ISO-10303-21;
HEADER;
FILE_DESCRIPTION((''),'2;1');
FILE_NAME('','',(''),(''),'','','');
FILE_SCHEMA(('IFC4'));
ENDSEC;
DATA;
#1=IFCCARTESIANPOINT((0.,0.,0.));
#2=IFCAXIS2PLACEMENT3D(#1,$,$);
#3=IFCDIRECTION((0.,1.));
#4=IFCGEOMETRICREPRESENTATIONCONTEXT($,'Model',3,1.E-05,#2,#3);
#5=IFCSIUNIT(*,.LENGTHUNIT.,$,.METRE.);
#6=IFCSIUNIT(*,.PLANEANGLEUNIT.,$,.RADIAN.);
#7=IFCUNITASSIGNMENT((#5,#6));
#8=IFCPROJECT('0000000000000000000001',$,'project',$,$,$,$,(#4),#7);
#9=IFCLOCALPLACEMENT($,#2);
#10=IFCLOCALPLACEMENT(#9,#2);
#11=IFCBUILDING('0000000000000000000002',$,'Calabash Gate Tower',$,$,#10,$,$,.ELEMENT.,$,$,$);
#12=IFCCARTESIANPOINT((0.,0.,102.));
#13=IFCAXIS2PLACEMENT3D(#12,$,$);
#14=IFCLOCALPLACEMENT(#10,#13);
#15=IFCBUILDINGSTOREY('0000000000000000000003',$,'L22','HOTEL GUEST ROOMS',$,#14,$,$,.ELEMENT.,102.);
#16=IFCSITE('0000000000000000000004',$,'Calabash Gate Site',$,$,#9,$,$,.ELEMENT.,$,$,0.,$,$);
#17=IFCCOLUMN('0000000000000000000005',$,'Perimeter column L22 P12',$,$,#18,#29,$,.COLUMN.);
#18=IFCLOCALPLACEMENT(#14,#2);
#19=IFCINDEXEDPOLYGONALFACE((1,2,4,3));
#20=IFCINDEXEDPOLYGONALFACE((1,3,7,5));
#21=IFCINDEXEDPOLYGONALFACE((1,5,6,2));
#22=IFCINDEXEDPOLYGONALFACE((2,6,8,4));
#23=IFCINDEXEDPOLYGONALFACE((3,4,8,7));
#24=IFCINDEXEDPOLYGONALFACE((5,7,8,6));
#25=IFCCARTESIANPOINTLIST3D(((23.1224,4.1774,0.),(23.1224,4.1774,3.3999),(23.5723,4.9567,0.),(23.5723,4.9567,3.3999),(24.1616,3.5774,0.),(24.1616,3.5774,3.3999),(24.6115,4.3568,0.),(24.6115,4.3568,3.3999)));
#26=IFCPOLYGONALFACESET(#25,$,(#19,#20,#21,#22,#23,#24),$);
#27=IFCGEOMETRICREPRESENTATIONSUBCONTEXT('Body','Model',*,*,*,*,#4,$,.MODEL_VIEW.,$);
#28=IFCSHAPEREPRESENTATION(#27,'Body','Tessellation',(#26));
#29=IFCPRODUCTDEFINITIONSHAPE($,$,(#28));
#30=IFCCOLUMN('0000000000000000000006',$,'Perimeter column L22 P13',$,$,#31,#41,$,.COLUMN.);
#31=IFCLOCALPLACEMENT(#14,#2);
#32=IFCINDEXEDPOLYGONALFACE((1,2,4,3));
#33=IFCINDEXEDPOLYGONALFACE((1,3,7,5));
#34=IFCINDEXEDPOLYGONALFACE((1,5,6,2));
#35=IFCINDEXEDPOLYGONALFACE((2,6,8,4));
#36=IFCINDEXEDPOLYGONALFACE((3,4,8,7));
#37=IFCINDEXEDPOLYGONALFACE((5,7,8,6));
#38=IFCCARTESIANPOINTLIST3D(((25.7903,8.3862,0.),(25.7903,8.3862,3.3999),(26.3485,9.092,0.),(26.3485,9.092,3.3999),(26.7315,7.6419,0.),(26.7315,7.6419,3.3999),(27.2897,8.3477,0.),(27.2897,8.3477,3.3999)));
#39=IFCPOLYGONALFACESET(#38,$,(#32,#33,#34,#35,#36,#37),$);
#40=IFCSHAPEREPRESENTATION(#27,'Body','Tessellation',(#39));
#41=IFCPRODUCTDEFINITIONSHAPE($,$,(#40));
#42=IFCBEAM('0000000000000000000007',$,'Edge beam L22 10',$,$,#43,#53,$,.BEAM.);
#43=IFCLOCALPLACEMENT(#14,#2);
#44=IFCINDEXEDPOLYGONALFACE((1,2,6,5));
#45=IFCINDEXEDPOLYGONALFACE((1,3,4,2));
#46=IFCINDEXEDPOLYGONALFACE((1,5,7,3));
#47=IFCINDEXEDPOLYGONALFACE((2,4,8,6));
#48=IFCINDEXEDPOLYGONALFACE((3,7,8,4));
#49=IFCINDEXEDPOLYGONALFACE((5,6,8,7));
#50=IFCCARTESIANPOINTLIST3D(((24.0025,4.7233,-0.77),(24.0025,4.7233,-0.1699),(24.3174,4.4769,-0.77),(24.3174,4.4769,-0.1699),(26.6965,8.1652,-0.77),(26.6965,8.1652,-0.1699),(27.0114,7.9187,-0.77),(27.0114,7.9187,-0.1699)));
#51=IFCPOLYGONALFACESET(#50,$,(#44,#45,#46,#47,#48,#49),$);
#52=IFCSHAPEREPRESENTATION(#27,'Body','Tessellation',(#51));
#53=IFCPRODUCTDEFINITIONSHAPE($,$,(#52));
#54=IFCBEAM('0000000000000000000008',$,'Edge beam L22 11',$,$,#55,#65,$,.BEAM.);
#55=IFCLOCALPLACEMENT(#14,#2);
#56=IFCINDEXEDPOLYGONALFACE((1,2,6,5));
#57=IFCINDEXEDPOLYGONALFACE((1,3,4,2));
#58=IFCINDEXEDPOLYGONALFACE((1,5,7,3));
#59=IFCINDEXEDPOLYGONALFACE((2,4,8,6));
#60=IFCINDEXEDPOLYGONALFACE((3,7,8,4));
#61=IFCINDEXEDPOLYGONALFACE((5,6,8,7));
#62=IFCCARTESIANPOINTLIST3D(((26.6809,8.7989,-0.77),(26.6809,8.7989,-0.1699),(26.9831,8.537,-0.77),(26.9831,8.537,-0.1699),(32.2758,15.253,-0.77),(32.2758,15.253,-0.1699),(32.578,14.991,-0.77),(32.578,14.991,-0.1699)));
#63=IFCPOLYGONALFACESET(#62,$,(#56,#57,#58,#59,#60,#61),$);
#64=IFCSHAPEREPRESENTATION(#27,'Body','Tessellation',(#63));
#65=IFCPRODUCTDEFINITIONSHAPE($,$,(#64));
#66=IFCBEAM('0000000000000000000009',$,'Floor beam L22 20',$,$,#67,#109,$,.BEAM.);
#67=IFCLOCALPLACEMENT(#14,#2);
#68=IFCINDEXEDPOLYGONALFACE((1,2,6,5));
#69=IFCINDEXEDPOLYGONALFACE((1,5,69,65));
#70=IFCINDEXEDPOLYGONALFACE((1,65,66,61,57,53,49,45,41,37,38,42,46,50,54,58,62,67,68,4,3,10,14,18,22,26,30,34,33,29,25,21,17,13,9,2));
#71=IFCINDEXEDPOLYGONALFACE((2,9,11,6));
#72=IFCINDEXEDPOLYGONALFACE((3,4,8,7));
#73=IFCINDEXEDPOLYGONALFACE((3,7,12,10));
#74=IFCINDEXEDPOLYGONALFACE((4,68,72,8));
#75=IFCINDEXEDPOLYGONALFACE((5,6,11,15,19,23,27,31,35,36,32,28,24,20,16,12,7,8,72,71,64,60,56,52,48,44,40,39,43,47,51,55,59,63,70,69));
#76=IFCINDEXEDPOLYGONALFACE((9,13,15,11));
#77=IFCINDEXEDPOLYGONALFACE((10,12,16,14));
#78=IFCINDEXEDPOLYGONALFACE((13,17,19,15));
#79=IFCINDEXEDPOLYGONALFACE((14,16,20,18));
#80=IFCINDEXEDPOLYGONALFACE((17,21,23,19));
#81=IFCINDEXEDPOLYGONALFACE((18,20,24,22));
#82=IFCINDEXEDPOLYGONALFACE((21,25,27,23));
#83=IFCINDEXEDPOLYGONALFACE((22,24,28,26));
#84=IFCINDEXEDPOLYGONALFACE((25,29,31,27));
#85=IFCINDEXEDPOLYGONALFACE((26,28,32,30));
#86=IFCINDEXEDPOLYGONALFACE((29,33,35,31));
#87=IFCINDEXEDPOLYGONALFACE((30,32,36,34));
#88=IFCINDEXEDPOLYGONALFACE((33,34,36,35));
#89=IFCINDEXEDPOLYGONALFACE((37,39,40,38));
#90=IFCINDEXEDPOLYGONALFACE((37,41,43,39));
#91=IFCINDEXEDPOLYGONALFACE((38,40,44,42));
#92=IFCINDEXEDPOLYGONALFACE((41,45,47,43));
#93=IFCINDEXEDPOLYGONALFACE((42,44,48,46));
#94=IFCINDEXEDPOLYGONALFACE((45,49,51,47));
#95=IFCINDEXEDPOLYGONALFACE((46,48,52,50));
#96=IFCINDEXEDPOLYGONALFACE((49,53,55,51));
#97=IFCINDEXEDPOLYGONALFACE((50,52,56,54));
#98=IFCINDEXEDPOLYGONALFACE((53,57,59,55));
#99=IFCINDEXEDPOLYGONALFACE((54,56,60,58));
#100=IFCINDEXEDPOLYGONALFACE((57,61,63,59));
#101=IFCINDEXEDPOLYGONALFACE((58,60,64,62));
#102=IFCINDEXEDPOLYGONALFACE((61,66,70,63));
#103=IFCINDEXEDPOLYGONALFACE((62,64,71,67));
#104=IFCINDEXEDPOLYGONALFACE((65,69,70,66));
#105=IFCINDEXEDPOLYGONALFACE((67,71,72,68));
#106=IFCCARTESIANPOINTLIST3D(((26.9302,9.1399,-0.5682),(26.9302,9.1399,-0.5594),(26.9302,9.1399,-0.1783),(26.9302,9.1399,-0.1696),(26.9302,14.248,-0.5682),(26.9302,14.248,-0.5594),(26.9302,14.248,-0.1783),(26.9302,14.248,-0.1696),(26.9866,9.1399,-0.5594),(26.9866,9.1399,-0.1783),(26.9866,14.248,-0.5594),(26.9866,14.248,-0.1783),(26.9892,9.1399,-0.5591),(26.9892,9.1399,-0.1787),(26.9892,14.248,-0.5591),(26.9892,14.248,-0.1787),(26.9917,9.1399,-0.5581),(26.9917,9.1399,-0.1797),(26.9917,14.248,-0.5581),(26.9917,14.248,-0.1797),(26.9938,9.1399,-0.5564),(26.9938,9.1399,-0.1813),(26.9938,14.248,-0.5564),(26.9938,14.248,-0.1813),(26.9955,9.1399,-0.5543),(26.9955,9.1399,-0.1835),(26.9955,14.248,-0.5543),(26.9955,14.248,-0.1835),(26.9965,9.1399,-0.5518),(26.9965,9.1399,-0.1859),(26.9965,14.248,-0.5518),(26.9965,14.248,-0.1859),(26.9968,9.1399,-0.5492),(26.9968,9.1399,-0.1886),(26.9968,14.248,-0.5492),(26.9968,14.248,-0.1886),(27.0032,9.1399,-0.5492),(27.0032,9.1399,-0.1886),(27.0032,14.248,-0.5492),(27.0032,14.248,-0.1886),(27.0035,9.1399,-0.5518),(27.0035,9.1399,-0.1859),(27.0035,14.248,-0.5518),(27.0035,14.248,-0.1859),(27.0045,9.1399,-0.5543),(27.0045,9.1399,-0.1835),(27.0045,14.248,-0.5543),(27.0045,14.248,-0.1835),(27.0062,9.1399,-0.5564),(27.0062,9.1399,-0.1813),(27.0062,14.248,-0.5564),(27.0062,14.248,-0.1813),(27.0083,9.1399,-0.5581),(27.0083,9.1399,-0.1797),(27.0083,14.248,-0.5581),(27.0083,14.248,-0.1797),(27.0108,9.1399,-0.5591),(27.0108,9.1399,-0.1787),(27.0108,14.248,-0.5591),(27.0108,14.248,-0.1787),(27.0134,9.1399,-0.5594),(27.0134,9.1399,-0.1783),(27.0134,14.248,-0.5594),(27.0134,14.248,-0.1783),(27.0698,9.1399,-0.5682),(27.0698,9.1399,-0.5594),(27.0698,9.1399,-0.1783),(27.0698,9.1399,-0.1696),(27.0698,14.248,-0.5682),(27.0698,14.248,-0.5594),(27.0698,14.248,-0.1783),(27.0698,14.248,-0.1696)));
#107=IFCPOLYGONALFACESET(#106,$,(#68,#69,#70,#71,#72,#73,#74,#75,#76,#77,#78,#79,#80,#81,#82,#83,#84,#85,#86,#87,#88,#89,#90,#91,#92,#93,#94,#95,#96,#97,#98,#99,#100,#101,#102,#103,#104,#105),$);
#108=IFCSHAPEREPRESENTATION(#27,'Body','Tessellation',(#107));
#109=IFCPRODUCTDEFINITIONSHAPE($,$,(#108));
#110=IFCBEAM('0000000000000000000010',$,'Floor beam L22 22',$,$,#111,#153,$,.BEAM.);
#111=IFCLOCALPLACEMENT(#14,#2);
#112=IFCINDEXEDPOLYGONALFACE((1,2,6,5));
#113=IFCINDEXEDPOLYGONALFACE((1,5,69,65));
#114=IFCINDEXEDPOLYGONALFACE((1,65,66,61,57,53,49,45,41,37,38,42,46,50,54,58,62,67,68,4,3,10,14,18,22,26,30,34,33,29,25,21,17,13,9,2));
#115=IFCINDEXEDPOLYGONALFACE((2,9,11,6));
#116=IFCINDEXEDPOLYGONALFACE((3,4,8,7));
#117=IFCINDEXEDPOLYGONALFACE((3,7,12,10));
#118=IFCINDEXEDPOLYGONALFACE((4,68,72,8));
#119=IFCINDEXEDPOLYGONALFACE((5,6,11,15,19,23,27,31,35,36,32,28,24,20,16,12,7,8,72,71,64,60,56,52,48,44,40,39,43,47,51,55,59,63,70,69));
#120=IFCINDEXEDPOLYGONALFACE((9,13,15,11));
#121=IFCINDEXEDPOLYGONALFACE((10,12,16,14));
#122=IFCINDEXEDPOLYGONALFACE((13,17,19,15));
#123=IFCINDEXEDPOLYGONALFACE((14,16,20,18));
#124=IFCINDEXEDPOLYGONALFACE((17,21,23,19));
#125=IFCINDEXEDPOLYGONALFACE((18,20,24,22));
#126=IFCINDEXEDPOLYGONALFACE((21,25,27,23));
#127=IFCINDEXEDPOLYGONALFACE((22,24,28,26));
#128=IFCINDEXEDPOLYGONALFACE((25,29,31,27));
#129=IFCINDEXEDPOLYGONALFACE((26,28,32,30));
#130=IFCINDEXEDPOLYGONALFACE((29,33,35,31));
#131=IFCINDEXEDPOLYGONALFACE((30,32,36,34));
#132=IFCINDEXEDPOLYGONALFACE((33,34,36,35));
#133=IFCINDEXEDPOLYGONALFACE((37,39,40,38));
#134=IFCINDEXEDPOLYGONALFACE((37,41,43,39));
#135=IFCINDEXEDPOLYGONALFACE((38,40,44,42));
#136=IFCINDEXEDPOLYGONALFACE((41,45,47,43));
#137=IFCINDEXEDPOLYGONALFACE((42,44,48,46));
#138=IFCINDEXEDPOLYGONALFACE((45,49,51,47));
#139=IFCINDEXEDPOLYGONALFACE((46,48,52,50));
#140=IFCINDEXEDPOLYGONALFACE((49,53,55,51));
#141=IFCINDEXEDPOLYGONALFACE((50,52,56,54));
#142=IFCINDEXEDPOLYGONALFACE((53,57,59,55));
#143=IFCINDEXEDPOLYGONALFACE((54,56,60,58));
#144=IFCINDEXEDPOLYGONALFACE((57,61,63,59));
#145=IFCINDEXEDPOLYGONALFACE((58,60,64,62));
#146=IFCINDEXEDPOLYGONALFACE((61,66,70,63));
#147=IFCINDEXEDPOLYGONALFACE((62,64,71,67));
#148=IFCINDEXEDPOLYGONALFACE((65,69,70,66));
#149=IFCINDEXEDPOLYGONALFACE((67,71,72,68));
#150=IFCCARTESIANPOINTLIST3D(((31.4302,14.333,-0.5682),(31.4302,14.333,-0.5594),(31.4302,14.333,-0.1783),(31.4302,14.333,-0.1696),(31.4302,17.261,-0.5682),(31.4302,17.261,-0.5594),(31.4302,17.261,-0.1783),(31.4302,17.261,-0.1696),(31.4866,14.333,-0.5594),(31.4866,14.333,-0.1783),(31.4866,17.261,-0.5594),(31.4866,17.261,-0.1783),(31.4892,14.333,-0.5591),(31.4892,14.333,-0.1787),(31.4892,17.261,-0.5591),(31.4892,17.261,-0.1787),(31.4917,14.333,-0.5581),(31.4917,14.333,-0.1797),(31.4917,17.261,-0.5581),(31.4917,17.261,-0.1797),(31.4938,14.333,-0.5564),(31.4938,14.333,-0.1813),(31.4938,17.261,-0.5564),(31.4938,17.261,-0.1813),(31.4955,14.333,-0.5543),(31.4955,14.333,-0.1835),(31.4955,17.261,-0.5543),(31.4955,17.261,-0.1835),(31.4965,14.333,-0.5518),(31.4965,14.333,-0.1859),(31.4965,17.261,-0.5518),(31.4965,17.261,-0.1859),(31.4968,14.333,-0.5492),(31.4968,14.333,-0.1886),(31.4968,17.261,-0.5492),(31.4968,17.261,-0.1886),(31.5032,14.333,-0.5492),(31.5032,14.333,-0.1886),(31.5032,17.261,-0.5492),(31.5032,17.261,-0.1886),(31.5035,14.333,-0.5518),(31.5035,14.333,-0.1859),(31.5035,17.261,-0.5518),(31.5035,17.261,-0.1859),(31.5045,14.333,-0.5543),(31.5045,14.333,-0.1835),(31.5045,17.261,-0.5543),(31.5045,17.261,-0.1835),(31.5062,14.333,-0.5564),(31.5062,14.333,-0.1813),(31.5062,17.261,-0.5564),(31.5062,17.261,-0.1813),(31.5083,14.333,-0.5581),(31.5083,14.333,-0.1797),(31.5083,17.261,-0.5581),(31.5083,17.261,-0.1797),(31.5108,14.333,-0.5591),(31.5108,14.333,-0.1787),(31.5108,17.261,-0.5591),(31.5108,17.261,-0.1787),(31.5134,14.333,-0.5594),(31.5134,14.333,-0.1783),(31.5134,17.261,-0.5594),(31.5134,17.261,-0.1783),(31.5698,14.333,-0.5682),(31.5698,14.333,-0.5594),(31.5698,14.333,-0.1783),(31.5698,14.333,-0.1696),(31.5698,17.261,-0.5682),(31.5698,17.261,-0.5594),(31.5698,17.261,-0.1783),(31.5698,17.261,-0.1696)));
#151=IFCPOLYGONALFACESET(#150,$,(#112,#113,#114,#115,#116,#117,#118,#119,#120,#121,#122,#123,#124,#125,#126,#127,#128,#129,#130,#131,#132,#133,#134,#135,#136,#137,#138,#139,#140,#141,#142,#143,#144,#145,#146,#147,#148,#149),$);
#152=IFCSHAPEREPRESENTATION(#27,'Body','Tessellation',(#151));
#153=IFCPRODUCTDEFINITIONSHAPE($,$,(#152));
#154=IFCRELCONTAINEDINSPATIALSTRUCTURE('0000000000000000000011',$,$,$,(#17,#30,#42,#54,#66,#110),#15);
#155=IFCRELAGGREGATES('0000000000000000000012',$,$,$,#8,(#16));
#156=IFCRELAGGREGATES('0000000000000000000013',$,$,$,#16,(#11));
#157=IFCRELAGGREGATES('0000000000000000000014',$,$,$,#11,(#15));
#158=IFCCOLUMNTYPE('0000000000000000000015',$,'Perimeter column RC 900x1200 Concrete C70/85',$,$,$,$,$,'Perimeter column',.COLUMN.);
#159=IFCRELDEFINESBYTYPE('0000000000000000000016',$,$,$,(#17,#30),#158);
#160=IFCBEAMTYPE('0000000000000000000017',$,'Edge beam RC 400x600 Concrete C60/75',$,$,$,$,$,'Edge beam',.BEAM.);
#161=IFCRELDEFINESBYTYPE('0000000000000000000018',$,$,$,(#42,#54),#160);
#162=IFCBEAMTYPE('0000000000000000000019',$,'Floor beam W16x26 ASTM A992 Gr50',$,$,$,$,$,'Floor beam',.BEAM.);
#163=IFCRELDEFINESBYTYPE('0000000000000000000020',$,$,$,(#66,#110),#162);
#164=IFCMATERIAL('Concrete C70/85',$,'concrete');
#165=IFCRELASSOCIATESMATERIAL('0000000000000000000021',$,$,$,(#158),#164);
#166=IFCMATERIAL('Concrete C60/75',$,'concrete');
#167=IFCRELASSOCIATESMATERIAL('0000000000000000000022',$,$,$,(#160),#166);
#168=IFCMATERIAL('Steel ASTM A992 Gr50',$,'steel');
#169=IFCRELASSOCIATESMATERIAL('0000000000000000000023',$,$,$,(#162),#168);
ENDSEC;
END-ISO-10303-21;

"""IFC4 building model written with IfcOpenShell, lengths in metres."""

from ifc_helpers import new_model, si_unit, direction, frame, origin, origin_2d, place, context, subcontext, project, spatial, rectangle, i_section, extrude, material, material_profile, profile_set, type_object, element, save


model = new_model("IFC4")

# Units and contexts
model_context = context("Model", 3, precision=1e-05, world=origin(), true_north=direction((0.0, 1.0)))
body_context = subcontext(model_context, "Body", "Model", "MODEL_VIEW")
ifc_project = project(units=[si_unit("LENGTHUNIT", "METRE"), si_unit("PLANEANGLEUNIT", "RADIAN")], contexts=[model_context])

# Site, building, storey
site_placement = place(None, origin())
site = spatial("IfcSite", under=ifc_project, at=site_placement, Name="Calabash Gate Site", CompositionType="ELEMENT", RefElevation=0.0)
building_placement = place(site_placement, origin())
building = spatial("IfcBuilding", under=site, at=building_placement, Name="Calabash Gate Tower", CompositionType="ELEMENT")
storey_placement = place(building_placement, frame((0.0, 0.0, 102.0)))
storey = spatial("IfcBuildingStorey", under=building, at=storey_placement, Name="L22", Description="HOTEL GUEST ROOMS", CompositionType="ELEMENT", Elevation=102.0)

# Columns
ifc_material_1 = material(Name="Concrete C70/85", Category="concrete")
ifc_material_profile_1 = material_profile(ifc_material_1, rectangle(XDim=0.8999, YDim=1.2, at=origin_2d()))
ifc_profile_set_1 = profile_set([ifc_material_profile_1], Name="Concrete C70/85")
column_type = type_object("IfcColumnType", Name="Perimeter column RC 900x1200 Concrete C70/85", ElementType="Perimeter column", PredefinedType="COLUMN", material=ifc_profile_set_1)
for number, where, z_axis, x_axis, name in (
    (1, (23.8669, 4.2671, 0.0), (0.0, 0.0, 1.0), (0.5, 0.866025, 0.0), "Perimeter column L22 P12"),
    (2, (26.54, 8.3669, 0.0), (0.0, 0.0, 1.0), (0.620301, 0.784364, 0.0), "Perimeter column L22 P13"),
):
    element("IfcColumn", number, at=place(storey_placement, frame(where, z_axis=z_axis, x_axis=x_axis)), inside=storey, type_object=column_type, Name=name, PredefinedType="COLUMN", context=body_context, shape_type="SweptSolid", body=[
        extrude(rectangle(XDim=0.8999, YDim=1.2, at=origin_2d()), origin(), (0.0, 0.0, 1.0), 3.3999),
    ])

# Beams
ifc_material_2 = material(Name="Concrete C60/75", Category="concrete")
ifc_material_profile_2 = material_profile(ifc_material_2, rectangle(XDim=0.3999, YDim=0.6001, at=origin_2d()))
ifc_profile_set_2 = profile_set([ifc_material_profile_2], Name="Concrete C60/75")
beam_type_1 = type_object("IfcBeamType", Name="Edge beam RC 400x600 Concrete C60/75", ElementType="Edge beam", PredefinedType="BEAM", material=ifc_profile_set_2)
beam_1_placement = place(storey_placement, frame((24.1599, 4.6001, -0.47), z_axis=(0.61637, 0.787457, 0.0), x_axis=(-0.787457, 0.61637, 0.0)))
element("IfcBeam", 3, at=beam_1_placement, inside=storey, type_object=beam_type_1, Name="Edge beam L22 10", PredefinedType="BEAM", context=body_context, shape_type="SweptSolid", body=[
    extrude(rectangle(XDim=0.3999, YDim=0.6001, at=origin_2d()), origin(), (0.0, 0.0, 1.0), 4.3708),
])
beam_2_placement = place(storey_placement, frame((26.832, 8.668, -0.47), z_axis=(0.655025, 0.755607, 0.0), x_axis=(-0.755607, 0.655025, 0.0)))
element("IfcBeam", 4, at=beam_2_placement, inside=storey, type_object=beam_type_1, Name="Edge beam L22 11", PredefinedType="BEAM", context=body_context, shape_type="SweptSolid", body=[
    extrude(rectangle(XDim=0.3999, YDim=0.6001, at=origin_2d()), origin(), (0.0, 0.0, 1.0), 8.5415),
])
ifc_material_3 = material(Name="Steel ASTM A992 Gr50", Category="steel")
ifc_material_profile_3 = material_profile(ifc_material_3, i_section(OverallWidth=0.1396, OverallDepth=0.3987, WebThickness=0.0063, FlangeThickness=0.0088, FilletRadius=0.0103, at=origin_2d()))
ifc_profile_set_3 = profile_set([ifc_material_profile_3], Name="Steel ASTM A992 Gr50")
beam_type_2 = type_object("IfcBeamType", Name="Floor beam W16x26 ASTM A992 Gr50", ElementType="Floor beam", PredefinedType="BEAM", material=ifc_profile_set_3)
beam_3_placement = place(storey_placement, frame((27.0, 9.1399, -0.3689), z_axis=(0.0, 1.0, 0.0), x_axis=(-1.0, 0.0, 0.0)))
element("IfcBeam", 5, at=beam_3_placement, inside=storey, type_object=beam_type_2, Name="Floor beam L22 20", PredefinedType="BEAM", context=body_context, shape_type="SweptSolid", body=[
    extrude(i_section(OverallWidth=0.1396, OverallDepth=0.3987, WebThickness=0.0063, FlangeThickness=0.0088, FilletRadius=0.0103, at=origin_2d()), origin(), (0.0, 0.0, 1.0), 5.1082),
])
beam_4_placement = place(storey_placement, frame((31.5, 14.333, -0.3689), z_axis=(0.0, 1.0, 0.0), x_axis=(-1.0, 0.0, 0.0)))
element("IfcBeam", 6, at=beam_4_placement, inside=storey, type_object=beam_type_2, Name="Floor beam L22 22", PredefinedType="BEAM", context=body_context, shape_type="SweptSolid", body=[
    extrude(i_section(OverallWidth=0.1396, OverallDepth=0.3987, WebThickness=0.0063, FlangeThickness=0.0088, FilletRadius=0.0103, at=origin_2d()), origin(), (0.0, 0.0, 1.0), 2.928),
])

save(model, "model.ifc")
